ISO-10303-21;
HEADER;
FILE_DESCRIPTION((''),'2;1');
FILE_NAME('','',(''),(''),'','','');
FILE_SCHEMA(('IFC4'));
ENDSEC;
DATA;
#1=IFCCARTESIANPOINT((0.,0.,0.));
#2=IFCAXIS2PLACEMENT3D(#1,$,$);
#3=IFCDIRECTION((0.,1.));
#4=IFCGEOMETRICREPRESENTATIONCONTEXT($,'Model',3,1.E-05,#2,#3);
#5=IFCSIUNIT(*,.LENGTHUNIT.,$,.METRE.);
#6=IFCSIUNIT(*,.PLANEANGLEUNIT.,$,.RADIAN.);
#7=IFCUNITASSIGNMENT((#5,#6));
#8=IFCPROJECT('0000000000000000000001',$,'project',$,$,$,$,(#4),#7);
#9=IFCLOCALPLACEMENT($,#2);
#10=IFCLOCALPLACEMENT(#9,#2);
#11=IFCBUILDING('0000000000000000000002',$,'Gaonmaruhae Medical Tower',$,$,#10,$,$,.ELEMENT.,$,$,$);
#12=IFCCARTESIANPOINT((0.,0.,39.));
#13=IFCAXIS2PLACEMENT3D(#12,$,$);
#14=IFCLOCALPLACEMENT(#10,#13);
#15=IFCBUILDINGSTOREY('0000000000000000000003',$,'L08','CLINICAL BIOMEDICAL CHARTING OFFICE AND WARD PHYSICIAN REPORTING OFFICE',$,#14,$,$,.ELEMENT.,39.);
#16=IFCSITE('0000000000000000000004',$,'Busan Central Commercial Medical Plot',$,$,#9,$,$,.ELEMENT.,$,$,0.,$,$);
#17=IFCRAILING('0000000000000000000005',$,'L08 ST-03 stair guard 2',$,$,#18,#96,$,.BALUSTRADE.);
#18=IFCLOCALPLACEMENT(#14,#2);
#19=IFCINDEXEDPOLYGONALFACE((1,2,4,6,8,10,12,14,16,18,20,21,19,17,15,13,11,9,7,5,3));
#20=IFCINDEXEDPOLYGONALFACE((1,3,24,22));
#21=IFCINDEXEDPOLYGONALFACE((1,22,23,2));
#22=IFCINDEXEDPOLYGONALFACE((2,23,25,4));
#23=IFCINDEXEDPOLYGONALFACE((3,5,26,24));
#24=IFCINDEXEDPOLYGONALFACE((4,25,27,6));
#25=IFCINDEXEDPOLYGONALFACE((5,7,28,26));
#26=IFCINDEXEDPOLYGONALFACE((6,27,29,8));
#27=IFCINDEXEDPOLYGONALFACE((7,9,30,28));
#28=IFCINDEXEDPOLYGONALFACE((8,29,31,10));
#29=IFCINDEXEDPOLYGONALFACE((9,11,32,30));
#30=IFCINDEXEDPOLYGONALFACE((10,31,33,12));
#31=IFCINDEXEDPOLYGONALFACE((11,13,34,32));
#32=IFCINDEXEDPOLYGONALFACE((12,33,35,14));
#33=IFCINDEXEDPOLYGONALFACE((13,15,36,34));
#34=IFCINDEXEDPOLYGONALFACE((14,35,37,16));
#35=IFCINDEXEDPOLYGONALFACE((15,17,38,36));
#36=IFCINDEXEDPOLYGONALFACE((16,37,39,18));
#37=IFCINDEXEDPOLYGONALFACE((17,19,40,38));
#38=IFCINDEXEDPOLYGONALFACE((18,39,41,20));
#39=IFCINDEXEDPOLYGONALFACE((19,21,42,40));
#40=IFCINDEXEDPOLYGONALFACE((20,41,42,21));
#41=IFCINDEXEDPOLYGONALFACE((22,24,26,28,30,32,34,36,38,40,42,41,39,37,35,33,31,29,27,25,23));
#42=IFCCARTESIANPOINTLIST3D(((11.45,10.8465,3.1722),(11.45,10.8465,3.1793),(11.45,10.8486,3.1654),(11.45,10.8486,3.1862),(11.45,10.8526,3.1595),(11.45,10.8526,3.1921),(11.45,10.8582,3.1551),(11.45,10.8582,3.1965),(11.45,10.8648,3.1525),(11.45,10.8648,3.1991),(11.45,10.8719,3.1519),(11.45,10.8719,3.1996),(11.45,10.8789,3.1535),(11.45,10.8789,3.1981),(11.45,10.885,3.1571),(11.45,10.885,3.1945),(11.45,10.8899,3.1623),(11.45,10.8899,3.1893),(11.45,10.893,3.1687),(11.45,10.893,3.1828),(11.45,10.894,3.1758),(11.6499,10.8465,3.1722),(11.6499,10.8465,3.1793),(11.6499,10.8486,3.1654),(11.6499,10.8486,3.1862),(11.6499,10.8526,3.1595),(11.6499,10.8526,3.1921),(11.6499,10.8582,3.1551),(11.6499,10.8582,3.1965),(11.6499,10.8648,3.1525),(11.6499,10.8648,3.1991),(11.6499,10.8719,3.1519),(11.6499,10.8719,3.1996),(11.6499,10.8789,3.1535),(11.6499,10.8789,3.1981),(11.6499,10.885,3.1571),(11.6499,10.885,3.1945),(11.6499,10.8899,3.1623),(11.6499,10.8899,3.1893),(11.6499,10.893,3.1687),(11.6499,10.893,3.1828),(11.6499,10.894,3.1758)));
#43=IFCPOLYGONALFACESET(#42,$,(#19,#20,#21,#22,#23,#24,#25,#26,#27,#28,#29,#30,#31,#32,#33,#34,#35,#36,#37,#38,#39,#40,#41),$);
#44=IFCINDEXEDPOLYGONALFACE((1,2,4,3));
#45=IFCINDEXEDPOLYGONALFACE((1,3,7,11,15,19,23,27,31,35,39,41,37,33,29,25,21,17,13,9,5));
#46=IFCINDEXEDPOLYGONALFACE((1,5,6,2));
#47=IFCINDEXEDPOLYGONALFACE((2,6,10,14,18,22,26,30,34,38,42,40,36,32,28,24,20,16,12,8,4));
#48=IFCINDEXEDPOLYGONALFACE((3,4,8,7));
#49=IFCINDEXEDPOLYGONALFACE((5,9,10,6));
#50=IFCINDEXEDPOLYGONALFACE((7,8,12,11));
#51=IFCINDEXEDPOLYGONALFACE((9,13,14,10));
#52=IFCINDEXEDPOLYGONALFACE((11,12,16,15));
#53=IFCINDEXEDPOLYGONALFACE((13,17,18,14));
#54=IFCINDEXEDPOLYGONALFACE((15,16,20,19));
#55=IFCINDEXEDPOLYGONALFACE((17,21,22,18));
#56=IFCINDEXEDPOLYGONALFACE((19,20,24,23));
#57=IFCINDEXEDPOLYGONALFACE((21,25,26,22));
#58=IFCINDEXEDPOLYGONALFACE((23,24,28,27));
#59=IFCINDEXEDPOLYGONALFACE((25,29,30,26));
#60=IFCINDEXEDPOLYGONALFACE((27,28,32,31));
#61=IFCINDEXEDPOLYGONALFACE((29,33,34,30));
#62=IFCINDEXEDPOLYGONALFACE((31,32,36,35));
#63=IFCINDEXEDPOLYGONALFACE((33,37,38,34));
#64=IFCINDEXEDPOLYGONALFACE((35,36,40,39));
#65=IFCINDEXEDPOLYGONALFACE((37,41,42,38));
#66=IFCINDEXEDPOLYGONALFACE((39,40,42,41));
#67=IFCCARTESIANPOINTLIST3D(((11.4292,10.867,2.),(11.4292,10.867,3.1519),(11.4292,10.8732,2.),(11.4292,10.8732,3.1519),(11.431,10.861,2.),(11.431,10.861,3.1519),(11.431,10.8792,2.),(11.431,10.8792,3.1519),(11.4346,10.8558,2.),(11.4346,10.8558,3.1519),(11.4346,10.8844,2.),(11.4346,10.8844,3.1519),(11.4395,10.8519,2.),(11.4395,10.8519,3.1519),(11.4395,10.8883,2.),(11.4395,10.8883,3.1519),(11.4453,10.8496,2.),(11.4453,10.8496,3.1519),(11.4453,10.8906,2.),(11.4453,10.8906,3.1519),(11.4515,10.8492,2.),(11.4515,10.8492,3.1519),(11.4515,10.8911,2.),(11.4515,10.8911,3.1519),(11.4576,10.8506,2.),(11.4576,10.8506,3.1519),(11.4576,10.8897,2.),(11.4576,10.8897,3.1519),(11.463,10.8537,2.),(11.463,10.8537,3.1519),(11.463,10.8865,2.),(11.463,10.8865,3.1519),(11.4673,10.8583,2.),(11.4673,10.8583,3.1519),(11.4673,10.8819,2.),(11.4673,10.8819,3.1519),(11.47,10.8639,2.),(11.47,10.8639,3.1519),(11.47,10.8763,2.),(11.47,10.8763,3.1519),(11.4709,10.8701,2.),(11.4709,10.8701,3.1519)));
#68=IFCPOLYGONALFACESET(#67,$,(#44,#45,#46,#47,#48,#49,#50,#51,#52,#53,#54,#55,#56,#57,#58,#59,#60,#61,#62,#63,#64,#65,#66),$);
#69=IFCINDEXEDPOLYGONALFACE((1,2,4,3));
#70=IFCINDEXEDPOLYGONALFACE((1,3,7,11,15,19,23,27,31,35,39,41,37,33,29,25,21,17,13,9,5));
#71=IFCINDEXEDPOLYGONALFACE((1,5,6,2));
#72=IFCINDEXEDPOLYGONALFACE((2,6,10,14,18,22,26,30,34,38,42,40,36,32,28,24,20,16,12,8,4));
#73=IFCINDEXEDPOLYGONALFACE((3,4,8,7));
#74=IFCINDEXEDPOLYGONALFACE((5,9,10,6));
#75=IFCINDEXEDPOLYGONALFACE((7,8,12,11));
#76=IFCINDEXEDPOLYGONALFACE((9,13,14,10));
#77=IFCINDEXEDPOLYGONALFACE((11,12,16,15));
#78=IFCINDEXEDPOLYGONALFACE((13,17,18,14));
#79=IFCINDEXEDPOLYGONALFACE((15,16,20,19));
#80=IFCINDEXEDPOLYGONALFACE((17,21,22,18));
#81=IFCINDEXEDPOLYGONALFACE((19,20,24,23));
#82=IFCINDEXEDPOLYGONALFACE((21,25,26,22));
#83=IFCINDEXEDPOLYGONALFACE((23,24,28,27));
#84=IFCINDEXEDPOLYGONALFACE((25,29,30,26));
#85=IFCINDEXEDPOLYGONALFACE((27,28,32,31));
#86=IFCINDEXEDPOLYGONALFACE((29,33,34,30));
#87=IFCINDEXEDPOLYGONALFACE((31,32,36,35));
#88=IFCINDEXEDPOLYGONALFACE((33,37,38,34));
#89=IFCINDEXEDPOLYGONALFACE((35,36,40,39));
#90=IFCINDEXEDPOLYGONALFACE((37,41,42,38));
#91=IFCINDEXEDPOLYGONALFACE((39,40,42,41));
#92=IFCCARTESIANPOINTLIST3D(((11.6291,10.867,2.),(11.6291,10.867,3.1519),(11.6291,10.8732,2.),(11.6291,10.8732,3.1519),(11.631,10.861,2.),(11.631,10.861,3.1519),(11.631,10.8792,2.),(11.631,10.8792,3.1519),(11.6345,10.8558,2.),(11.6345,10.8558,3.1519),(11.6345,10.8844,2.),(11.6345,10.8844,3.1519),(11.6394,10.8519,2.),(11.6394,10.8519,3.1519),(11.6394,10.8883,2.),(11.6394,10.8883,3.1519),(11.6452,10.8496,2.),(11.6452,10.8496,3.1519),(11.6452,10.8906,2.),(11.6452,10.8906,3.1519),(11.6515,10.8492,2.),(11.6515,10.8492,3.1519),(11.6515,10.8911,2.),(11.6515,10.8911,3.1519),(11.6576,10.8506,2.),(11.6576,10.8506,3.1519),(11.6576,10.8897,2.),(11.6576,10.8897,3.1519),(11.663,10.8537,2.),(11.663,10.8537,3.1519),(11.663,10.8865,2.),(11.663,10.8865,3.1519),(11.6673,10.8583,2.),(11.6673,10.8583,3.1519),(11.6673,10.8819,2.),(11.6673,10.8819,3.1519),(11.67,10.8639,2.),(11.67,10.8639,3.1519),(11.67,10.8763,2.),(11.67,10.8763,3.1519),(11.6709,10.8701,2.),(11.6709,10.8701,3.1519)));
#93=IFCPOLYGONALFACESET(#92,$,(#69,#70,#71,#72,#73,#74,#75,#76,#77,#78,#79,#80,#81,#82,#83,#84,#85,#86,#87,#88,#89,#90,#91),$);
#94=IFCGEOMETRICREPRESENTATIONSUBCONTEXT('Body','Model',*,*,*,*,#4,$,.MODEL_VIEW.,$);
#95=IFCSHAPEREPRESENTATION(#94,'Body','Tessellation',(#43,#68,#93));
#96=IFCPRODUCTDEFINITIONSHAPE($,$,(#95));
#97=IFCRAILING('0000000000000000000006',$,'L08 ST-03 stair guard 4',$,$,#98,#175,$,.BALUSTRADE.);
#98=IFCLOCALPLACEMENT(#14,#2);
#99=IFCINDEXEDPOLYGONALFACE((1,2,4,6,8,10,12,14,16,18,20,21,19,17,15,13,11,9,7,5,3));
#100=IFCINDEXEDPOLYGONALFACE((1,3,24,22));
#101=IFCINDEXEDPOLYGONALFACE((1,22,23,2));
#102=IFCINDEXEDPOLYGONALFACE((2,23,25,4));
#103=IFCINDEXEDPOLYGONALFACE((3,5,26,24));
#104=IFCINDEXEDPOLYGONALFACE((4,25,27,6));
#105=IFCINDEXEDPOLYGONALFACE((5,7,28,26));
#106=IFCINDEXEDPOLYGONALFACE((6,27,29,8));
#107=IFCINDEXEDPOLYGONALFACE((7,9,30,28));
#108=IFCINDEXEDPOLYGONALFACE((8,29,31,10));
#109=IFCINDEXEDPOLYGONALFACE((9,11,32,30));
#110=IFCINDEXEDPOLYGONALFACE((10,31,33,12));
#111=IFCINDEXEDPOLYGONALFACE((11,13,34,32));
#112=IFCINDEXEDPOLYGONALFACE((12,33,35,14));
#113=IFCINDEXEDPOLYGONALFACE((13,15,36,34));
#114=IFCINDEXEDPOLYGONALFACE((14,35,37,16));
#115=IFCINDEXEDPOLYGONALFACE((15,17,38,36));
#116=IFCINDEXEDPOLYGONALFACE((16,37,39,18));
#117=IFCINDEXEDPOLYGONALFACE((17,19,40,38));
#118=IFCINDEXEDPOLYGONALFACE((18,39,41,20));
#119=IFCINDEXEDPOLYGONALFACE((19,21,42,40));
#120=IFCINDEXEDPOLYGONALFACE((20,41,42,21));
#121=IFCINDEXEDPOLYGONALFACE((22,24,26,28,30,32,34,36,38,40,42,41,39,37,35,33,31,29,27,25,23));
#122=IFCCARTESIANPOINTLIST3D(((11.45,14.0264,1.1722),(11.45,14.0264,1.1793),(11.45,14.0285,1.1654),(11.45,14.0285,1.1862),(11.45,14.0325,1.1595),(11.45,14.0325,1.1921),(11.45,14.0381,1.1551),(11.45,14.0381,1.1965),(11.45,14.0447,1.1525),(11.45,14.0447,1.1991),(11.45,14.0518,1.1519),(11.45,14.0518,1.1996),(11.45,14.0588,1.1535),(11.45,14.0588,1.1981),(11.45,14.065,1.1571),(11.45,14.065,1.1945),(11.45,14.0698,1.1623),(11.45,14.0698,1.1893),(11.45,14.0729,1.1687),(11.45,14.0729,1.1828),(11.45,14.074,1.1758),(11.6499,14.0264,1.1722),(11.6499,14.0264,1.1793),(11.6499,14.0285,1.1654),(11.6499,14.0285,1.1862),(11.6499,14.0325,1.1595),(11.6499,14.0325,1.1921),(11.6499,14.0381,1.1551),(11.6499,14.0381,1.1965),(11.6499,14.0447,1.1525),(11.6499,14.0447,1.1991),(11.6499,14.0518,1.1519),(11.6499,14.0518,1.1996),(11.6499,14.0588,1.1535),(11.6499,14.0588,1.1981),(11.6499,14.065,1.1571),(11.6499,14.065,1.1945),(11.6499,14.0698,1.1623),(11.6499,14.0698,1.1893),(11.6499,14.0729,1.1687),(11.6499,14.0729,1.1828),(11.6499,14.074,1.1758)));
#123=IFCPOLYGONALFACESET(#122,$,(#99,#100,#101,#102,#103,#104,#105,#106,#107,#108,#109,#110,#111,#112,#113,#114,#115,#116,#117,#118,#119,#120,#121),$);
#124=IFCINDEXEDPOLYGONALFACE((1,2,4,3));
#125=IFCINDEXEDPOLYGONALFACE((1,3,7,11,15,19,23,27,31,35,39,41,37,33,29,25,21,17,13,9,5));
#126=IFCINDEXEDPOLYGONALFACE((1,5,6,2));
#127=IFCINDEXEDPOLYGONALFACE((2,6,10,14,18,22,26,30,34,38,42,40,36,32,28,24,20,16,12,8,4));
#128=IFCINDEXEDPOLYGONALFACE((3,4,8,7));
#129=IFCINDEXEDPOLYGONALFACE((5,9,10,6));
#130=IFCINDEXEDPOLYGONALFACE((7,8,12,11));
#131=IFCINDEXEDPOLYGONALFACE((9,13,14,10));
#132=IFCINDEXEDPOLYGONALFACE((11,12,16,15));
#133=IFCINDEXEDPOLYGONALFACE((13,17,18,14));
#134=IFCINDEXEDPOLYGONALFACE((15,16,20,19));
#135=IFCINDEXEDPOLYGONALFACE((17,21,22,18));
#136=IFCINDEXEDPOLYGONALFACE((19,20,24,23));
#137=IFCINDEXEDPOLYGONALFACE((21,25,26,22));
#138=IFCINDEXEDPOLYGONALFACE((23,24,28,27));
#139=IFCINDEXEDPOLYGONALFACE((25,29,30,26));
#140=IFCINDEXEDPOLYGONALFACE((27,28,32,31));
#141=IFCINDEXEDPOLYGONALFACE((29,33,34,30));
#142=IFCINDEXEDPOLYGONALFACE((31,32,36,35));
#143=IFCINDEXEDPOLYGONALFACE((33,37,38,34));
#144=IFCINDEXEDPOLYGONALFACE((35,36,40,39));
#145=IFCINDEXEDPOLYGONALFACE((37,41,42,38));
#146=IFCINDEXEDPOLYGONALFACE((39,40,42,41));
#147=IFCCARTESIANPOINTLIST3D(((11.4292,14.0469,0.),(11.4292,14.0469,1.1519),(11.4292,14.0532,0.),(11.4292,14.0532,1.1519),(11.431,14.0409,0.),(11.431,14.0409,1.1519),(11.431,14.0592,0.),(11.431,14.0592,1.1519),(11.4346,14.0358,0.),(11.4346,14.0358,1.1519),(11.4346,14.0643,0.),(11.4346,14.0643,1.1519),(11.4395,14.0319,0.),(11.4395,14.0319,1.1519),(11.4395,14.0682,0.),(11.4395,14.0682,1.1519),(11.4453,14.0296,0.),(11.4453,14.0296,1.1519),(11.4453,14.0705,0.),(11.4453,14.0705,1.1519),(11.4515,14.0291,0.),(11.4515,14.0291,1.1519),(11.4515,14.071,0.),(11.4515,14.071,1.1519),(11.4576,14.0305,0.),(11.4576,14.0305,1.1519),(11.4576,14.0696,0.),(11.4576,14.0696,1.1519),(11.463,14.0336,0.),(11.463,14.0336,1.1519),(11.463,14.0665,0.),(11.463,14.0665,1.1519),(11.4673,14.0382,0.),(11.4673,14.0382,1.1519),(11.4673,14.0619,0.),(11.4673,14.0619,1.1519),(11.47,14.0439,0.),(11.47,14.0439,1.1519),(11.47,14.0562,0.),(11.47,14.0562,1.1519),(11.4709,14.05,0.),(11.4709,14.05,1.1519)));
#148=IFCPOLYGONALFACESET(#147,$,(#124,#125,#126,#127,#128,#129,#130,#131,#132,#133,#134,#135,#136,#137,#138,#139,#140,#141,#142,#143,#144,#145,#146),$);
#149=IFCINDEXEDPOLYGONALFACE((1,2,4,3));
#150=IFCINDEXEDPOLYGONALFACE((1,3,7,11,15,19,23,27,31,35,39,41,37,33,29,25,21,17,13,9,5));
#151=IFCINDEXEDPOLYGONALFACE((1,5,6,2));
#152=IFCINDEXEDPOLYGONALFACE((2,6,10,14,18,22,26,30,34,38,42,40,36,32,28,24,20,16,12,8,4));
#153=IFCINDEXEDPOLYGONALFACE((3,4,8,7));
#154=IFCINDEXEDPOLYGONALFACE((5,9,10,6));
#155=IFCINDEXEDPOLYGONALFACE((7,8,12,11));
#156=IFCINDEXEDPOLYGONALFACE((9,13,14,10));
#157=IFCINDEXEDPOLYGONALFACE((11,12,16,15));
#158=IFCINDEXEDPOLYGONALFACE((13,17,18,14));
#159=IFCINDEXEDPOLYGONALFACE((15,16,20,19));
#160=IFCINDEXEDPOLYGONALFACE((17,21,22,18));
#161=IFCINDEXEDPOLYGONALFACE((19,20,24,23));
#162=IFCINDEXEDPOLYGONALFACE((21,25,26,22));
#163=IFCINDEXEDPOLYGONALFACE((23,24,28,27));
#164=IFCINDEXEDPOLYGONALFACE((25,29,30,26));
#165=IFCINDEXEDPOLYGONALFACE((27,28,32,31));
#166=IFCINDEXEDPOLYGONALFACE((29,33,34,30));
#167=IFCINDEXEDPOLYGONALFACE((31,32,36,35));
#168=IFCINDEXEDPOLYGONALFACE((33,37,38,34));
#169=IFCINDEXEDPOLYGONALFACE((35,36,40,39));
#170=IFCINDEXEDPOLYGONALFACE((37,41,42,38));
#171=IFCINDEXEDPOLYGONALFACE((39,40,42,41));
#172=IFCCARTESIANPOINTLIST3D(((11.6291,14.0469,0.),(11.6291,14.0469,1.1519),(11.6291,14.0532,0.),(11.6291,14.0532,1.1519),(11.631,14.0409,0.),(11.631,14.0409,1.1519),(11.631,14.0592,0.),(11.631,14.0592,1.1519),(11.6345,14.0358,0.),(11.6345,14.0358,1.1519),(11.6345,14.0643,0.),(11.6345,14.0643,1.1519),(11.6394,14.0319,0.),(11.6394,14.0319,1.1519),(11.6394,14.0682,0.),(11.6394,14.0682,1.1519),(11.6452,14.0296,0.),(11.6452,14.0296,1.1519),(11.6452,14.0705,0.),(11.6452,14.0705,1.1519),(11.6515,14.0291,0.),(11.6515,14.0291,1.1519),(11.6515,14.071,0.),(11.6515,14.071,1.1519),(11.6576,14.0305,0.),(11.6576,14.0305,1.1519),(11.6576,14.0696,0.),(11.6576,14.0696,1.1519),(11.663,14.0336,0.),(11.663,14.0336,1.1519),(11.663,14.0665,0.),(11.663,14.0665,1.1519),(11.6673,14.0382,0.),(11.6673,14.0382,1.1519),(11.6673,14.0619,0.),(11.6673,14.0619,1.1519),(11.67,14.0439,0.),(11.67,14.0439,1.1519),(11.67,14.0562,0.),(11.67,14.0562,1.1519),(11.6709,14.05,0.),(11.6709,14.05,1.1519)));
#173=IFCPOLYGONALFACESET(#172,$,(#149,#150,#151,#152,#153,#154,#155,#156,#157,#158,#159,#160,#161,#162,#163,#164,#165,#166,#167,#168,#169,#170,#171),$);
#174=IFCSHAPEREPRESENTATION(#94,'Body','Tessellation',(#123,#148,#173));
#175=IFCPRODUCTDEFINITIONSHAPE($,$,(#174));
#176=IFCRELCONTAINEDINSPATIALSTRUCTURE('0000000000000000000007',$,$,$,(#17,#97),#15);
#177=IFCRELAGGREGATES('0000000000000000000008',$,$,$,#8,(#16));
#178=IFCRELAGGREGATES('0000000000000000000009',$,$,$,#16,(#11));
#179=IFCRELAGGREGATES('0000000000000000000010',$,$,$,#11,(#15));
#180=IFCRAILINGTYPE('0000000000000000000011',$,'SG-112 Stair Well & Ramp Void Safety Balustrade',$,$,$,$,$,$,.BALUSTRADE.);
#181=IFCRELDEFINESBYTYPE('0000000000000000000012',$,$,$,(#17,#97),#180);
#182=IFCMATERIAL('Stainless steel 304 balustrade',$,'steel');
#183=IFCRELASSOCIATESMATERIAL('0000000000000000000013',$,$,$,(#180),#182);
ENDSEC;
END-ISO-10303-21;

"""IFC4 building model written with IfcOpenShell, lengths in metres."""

from ifc_helpers import new_model, si_unit, direction, frame, origin, origin_2d, place, context, subcontext, project, spatial, circle, extrude, material, type_object, element, save


model = new_model("IFC4")

# Units and contexts
model_context = context("Model", 3, precision=1e-05, world=origin(), true_north=direction((0.0, 1.0)))
body_context = subcontext(model_context, "Body", "Model", "MODEL_VIEW")
ifc_project = project(units=[si_unit("LENGTHUNIT", "METRE"), si_unit("PLANEANGLEUNIT", "RADIAN")], contexts=[model_context])

# Site, building, storey
site_placement = place(None, origin())
site = spatial("IfcSite", under=ifc_project, at=site_placement, Name="Busan Central Commercial Medical Plot", CompositionType="ELEMENT", RefElevation=0.0)
building_placement = place(site_placement, origin())
building = spatial("IfcBuilding", under=site, at=building_placement, Name="Gaonmaruhae Medical Tower", CompositionType="ELEMENT")
storey_placement = place(building_placement, frame((0.0, 0.0, 39.0)))
storey = spatial("IfcBuildingStorey", under=building, at=storey_placement, Name="L08", Description="CLINICAL BIOMEDICAL CHARTING OFFICE AND WARD PHYSICIAN REPORTING OFFICE", CompositionType="ELEMENT", Elevation=39.0)

# Railings
ifc_material_1 = material(Name="Stainless steel 304 balustrade", Category="steel")
railing_type_1 = type_object("IfcRailingType", Name="SG-112 Stair Well & Ramp Void Safety Balustrade", PredefinedType="BALUSTRADE", material=ifc_material_1)
for number, where, name in (
    (1, (11.45, 10.8701, 2.0), "L08 ST-03 stair guard 2"),
    (2, (11.45, 14.05, 0.0), "L08 ST-03 stair guard 4"),
):
    element("IfcRailing", number, at=place(storey_placement, frame(where)), inside=storey, type_object=railing_type_1, Name=name, PredefinedType="BALUSTRADE", context=body_context, shape_type="SweptSolid", body=[
        extrude(circle(Radius=0.0239, at=origin_2d()), frame((0.0, 0.0, 1.1758), z_axis=(1.0, 0.0, 0.0), x_axis=(0.0, 1.0, 0.0)), (0.0, 0.0, 1.0), 0.2),
        extrude(circle(Radius=0.021, at=origin_2d()), origin(), (0.0, 0.0, 1.0), 1.1519),
        extrude(circle(Radius=0.021, at=origin_2d()), frame((0.2, 0.0, 0.0)), (0.0, 0.0, 1.0), 1.1519),
    ])

save(model, "model.ifc")
